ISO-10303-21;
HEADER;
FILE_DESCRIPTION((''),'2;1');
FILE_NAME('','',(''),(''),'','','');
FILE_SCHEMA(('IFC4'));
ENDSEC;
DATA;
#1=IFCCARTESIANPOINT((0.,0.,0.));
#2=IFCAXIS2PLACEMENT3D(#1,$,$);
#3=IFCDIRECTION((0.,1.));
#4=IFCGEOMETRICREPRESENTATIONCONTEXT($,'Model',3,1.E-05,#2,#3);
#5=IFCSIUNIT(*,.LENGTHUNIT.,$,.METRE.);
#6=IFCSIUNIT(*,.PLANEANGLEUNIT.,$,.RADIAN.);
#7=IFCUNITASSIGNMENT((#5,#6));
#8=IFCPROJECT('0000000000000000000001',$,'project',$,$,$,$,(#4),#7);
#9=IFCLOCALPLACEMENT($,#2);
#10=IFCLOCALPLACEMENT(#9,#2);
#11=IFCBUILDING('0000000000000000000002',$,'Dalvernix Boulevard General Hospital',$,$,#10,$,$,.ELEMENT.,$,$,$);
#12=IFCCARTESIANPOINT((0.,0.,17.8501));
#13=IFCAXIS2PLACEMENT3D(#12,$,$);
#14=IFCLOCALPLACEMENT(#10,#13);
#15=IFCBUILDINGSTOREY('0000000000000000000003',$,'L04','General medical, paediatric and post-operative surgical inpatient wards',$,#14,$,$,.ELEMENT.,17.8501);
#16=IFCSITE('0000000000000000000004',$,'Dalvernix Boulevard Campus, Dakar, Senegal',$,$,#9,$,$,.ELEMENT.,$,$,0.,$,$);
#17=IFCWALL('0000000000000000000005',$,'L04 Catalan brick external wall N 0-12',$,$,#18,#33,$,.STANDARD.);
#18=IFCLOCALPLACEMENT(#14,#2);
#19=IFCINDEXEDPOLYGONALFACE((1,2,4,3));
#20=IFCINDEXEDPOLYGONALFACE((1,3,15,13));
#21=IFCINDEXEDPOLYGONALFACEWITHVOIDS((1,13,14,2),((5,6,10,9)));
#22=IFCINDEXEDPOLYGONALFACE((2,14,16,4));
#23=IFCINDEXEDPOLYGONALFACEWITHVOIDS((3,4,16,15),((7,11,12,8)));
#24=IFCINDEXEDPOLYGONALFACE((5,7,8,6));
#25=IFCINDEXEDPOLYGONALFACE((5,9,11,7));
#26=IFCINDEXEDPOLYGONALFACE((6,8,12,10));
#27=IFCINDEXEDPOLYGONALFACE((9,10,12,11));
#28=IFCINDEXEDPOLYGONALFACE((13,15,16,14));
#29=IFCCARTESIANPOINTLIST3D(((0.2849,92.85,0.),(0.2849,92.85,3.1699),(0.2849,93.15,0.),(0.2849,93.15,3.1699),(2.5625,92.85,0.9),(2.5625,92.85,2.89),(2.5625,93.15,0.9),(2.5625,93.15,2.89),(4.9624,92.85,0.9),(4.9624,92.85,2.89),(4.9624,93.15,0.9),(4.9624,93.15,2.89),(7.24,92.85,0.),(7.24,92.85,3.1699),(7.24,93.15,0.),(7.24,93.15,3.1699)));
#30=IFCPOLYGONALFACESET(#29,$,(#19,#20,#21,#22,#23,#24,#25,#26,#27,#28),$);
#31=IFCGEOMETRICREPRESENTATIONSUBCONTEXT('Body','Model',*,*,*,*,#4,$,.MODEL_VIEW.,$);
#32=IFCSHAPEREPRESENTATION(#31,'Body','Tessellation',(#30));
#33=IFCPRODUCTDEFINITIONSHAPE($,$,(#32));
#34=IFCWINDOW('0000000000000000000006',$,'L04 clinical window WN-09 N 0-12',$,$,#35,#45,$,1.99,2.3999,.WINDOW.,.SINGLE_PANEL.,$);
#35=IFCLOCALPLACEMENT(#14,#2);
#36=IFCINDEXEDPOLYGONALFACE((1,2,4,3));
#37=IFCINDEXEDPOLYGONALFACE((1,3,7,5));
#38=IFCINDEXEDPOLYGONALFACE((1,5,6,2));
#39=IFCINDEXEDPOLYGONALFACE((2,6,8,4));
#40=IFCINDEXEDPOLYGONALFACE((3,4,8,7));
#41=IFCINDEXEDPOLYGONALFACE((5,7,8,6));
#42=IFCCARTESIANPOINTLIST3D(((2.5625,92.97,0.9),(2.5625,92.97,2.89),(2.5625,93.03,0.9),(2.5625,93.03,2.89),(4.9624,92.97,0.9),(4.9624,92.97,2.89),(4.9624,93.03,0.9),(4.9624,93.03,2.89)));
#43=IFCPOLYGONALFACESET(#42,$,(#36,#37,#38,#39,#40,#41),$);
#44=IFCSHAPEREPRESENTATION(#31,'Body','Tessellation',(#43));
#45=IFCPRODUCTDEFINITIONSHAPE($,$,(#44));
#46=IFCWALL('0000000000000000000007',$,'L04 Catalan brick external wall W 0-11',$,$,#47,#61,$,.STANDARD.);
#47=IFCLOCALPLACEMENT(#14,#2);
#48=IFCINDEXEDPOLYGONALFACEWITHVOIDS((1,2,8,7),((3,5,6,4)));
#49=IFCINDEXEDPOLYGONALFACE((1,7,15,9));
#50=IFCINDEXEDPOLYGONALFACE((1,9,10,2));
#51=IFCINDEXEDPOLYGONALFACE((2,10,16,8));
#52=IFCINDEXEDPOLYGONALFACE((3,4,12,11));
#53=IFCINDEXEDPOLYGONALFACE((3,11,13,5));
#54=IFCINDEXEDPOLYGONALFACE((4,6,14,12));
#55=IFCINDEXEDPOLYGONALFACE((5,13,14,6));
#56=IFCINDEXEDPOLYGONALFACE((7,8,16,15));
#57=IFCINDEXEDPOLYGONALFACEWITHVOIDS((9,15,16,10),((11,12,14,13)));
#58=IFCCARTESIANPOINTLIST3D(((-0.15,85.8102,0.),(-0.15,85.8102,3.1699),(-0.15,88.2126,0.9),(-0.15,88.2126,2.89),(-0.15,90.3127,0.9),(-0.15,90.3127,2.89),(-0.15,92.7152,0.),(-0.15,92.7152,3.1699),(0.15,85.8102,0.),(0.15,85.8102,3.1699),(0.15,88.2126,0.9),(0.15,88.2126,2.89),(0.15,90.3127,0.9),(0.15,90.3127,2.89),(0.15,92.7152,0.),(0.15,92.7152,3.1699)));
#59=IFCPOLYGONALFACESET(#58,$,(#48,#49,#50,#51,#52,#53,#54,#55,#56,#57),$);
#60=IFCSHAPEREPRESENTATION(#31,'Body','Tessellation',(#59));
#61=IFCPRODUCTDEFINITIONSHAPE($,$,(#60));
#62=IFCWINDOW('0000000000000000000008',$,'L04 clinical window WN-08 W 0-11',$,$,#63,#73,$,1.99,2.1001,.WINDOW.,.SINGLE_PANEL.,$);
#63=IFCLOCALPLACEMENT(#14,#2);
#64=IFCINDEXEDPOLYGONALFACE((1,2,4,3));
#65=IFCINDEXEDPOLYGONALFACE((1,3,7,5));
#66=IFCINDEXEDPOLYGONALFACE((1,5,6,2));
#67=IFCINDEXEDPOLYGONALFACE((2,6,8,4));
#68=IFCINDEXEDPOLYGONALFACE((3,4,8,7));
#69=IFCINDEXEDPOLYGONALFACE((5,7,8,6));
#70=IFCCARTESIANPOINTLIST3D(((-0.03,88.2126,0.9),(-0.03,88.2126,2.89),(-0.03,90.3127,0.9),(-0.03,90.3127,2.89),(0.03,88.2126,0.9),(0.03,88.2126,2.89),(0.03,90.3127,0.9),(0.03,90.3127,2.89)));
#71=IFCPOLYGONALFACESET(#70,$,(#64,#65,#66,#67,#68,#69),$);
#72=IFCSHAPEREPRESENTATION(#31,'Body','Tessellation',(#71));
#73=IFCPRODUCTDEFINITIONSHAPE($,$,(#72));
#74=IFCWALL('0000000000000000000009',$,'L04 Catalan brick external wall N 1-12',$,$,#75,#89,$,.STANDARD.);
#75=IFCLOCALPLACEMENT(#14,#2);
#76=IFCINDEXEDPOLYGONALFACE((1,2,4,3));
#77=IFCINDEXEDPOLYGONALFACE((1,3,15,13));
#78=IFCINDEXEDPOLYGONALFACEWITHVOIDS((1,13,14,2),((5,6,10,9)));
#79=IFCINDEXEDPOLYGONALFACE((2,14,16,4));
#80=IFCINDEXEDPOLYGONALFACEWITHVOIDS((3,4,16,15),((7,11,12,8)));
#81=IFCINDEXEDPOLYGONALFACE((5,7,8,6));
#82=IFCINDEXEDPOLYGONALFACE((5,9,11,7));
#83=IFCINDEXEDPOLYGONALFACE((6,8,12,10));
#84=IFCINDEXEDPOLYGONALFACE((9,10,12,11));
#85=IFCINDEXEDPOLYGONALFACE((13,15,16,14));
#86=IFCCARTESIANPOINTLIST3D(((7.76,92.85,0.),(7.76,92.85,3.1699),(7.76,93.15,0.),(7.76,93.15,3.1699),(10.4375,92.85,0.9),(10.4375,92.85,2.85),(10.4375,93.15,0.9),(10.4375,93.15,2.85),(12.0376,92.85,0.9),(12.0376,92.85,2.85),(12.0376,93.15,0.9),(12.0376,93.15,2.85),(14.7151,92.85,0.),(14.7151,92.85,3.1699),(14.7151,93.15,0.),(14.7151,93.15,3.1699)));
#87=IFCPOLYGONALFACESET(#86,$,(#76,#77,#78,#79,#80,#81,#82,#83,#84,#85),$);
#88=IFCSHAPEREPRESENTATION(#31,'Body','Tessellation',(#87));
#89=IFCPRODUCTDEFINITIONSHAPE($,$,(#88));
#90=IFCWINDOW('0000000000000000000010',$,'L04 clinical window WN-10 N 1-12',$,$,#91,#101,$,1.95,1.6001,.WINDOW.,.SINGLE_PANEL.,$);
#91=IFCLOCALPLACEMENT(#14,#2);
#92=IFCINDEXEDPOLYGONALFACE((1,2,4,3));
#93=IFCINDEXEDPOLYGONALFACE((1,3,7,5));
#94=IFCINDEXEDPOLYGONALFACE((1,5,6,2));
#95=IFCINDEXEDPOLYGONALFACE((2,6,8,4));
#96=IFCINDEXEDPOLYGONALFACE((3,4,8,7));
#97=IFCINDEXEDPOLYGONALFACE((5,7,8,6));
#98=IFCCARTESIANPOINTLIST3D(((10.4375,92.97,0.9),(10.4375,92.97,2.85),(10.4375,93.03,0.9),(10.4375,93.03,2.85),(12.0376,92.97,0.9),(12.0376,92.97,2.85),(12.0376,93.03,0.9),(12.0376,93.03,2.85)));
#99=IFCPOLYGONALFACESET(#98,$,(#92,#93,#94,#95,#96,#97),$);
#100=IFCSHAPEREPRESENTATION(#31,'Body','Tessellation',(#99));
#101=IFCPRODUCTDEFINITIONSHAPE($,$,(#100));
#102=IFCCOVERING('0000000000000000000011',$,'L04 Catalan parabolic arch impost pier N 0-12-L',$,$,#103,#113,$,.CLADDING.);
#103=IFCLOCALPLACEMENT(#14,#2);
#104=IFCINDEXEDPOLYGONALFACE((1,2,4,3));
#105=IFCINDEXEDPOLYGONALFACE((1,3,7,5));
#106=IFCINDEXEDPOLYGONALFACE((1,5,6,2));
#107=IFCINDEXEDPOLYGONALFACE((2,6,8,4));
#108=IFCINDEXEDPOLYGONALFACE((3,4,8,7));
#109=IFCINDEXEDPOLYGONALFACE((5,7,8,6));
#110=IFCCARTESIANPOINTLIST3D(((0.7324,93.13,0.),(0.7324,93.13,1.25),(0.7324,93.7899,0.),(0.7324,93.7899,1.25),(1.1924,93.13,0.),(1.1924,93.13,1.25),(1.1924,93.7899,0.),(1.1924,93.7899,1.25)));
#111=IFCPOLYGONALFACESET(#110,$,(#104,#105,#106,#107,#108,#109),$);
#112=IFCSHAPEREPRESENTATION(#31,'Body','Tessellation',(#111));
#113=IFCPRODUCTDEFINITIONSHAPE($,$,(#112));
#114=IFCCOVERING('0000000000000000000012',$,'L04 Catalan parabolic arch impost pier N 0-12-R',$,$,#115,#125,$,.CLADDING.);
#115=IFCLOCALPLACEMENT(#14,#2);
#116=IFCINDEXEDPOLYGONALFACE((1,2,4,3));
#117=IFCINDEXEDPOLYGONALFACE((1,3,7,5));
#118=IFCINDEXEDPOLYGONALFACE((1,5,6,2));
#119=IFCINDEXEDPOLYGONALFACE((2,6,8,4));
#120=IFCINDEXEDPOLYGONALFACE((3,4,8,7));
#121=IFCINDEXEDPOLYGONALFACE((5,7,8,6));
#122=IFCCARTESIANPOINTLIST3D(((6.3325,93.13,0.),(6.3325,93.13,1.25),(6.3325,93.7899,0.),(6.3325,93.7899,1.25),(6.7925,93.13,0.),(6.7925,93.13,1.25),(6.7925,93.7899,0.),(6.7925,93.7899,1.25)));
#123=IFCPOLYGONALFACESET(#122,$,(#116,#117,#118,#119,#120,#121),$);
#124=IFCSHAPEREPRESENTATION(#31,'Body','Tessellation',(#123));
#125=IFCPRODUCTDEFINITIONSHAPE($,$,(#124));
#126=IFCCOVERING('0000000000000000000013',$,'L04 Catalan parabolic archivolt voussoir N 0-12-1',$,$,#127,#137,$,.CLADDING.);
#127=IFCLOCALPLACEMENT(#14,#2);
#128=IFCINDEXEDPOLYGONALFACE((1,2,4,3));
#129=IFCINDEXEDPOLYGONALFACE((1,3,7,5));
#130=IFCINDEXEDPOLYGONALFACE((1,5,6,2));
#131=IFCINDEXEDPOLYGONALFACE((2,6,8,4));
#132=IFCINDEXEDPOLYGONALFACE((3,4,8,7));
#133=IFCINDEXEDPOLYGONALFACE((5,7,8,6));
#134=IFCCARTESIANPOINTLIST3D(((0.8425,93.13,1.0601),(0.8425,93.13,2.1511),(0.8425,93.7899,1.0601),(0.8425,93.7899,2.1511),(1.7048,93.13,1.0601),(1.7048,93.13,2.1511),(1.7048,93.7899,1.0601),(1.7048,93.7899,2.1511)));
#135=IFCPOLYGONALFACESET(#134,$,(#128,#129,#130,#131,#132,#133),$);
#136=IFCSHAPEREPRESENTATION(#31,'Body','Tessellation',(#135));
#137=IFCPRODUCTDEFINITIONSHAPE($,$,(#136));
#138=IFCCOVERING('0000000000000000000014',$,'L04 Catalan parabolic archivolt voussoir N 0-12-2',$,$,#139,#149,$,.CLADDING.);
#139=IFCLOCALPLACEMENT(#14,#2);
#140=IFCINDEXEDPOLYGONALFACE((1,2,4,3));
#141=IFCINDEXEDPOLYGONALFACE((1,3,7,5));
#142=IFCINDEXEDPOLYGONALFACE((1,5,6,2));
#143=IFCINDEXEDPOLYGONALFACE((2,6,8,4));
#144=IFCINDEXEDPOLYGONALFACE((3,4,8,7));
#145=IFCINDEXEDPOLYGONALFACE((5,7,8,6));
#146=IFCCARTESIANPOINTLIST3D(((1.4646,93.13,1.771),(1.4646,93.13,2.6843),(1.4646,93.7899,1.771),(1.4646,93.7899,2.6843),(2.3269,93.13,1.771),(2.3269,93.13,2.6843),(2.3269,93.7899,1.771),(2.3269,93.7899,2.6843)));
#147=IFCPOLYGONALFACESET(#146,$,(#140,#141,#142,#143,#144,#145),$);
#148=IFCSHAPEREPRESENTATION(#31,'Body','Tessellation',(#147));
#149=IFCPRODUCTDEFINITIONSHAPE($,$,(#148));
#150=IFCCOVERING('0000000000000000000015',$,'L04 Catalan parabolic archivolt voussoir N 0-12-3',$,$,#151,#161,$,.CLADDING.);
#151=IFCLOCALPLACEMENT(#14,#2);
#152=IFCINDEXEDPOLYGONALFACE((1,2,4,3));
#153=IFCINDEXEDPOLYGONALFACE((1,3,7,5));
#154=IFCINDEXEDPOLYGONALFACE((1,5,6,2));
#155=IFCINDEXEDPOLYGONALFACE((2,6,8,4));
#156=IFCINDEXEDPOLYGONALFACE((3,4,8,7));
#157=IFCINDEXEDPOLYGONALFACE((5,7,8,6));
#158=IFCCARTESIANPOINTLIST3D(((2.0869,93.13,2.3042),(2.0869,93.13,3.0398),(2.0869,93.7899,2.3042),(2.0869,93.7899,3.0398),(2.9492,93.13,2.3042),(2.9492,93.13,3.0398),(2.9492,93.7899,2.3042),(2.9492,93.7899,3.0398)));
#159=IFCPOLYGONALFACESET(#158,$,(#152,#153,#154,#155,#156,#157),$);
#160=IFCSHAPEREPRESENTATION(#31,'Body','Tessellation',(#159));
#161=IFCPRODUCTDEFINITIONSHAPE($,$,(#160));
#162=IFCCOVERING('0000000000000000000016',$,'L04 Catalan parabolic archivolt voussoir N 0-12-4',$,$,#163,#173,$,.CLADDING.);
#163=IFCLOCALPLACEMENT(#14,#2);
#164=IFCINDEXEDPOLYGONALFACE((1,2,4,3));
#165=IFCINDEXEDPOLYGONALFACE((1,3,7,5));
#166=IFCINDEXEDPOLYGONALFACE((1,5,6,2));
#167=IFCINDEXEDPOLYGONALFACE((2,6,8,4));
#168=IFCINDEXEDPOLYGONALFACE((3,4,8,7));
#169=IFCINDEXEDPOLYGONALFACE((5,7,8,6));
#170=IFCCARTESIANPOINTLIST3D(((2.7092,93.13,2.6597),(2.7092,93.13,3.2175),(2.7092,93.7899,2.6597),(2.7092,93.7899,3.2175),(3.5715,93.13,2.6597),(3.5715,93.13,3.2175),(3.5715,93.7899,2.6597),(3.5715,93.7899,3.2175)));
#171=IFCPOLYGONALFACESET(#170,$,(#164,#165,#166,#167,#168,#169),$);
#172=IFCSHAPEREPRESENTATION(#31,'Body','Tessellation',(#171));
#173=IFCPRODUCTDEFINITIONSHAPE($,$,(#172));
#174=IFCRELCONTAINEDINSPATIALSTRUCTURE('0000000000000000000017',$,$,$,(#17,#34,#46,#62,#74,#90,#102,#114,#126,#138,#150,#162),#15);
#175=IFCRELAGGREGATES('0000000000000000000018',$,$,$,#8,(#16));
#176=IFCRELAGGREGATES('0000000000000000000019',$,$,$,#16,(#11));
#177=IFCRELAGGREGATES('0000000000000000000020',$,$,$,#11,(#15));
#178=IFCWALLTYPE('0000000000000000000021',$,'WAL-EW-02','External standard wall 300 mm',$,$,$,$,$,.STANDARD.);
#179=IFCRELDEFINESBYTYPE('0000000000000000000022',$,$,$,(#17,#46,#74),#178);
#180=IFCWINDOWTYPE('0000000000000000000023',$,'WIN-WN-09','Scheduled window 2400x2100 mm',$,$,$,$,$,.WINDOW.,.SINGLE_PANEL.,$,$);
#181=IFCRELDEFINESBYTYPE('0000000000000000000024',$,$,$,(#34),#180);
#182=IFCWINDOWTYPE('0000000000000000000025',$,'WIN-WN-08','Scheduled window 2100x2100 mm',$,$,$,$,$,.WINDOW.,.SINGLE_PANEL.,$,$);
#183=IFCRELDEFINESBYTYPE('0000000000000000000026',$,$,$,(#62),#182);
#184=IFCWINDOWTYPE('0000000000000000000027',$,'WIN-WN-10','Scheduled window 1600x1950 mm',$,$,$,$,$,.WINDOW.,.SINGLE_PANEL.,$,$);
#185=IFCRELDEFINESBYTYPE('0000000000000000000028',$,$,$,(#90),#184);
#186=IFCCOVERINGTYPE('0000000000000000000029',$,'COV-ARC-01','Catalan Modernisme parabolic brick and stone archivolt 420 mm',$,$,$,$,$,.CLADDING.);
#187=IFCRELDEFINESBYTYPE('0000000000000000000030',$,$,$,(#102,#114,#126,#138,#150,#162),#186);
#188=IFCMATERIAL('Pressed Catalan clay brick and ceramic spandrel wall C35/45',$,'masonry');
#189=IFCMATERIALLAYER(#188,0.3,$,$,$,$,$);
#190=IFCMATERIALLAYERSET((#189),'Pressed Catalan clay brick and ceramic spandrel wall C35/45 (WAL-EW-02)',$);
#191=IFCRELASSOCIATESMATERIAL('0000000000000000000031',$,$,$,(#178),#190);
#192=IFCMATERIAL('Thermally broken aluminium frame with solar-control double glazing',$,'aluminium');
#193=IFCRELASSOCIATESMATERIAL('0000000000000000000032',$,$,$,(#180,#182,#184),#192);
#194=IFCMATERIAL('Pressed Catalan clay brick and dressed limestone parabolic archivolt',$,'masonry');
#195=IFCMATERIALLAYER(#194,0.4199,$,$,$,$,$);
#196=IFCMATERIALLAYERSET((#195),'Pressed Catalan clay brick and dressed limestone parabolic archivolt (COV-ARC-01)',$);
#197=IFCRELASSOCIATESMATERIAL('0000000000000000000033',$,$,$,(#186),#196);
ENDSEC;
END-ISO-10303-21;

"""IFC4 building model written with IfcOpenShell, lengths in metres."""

from ifc_helpers import new_model, si_unit, direction, frame, frame_2d, origin, origin_2d, place, context, subcontext, project, spatial, rectangle, extrude, material, layer, layer_set, type_object, element, fill, save


model = new_model("IFC4")

# Units and contexts
model_context = context("Model", 3, precision=1e-05, world=origin(), true_north=direction((0.0, 1.0)))
body_context = subcontext(model_context, "Body", "Model", "MODEL_VIEW")
ifc_project = project(units=[si_unit("LENGTHUNIT", "METRE"), si_unit("PLANEANGLEUNIT", "RADIAN")], contexts=[model_context])

# Site, building, storey
site_placement = place(None, origin())
site = spatial("IfcSite", under=ifc_project, at=site_placement, Name="Dalvernix Boulevard Campus, Dakar, Senegal", CompositionType="ELEMENT", RefElevation=0.0)
building_placement = place(site_placement, origin())
building = spatial("IfcBuilding", under=site, at=building_placement, Name="Dalvernix Boulevard General Hospital", CompositionType="ELEMENT")
storey_placement = place(building_placement, frame((0.0, 0.0, 17.8501)))
storey = spatial("IfcBuildingStorey", under=building, at=storey_placement, Name="L04", Description="General medical, paediatric and post-operative surgical inpatient wards", CompositionType="ELEMENT", Elevation=17.8501)

# Walls, openings, windows
ifc_material_1 = material(Name="Pressed Catalan clay brick and ceramic spandrel wall C35/45", Category="masonry")
ifc_layer_1 = layer(ifc_material_1, 0.3)
ifc_layer_set_1 = layer_set([ifc_layer_1], Name="Pressed Catalan clay brick and ceramic spandrel wall C35/45 (WAL-EW-02)")
wall_type = type_object("IfcWallType", Name="WAL-EW-02", Description="External standard wall 300 mm", PredefinedType="STANDARD", material=ifc_layer_set_1)
wall_1_placement = place(storey_placement, frame((0.2849, 93.0, 0.0), z_axis=(0.0, 0.0, 1.0), x_axis=(1.0, 0.0, 0.0)))
wall_1 = element("IfcWall", 1, at=wall_1_placement, inside=storey, type_object=wall_type, Name="L04 Catalan brick external wall N 0-12", PredefinedType="STANDARD", context=body_context, shape_type="SweptSolid", body=[
    extrude(rectangle(XDim=6.9551, YDim=0.3, at=frame_2d((3.4775, 0.0))), origin(), (0.0, 0.0, 1.0), 3.1699),
])
opening_1_placement = place(wall_1_placement, frame((2.2776, 0.0, 0.8999)))
opening_1 = element("IfcOpeningElement", 2, at=opening_1_placement, cuts=wall_1, PredefinedType="OPENING", context=body_context, shape_type="SweptSolid", body=[
    extrude(rectangle(XDim=2.3999, YDim=1.99, at=frame_2d((1.2, 0.9951))), frame((0.0, 0.1599, 0.0), z_axis=(0.0, -1.0, 0.0), x_axis=(1.0, 0.0, 0.0)), (0.0, 0.0, 1.0), 0.3201),
])
ifc_material_2 = material(Name="Thermally broken aluminium frame with solar-control double glazing", Category="aluminium")
window_type_1 = type_object("IfcWindowType", Name="WIN-WN-09", Description="Scheduled window 2400x2100 mm", PartitioningType="SINGLE_PANEL", PredefinedType="WINDOW", material=ifc_material_2)
window_1_placement = place(opening_1_placement, origin())
window_1 = element("IfcWindow", 3, at=window_1_placement, inside=storey, type_object=window_type_1, Name="L04 clinical window WN-09 N 0-12", OverallHeight=1.99, OverallWidth=2.3999, PartitioningType="SINGLE_PANEL", PredefinedType="WINDOW", context=body_context, shape_type="SweptSolid", body=[
    extrude(rectangle(XDim=2.3999, YDim=1.99, at=frame_2d((1.2, 0.9951))), frame((0.0, 0.03, 0.0), z_axis=(0.0, -1.0, 0.0), x_axis=(1.0, 0.0, 0.0)), (0.0, 0.0, 1.0), 0.0601),
])
fill(opening_1, window_1)
wall_2_placement = place(storey_placement, frame((0.0, 85.8101, 0.0), z_axis=(0.0, 0.0, 1.0), x_axis=(0.0, 1.0, 0.0)))
wall_2 = element("IfcWall", 4, at=wall_2_placement, inside=storey, type_object=wall_type, Name="L04 Catalan brick external wall W 0-11", PredefinedType="STANDARD", context=body_context, shape_type="SweptSolid", body=[
    extrude(rectangle(XDim=6.905, YDim=0.3, at=frame_2d((3.4526, 0.0))), origin(), (0.0, 0.0, 1.0), 3.1699),
])
opening_2_placement = place(wall_2_placement, frame((2.4026, 0.0, 0.8999)))
opening_2 = element("IfcOpeningElement", 5, at=opening_2_placement, cuts=wall_2, PredefinedType="OPENING", context=body_context, shape_type="SweptSolid", body=[
    extrude(rectangle(XDim=2.1001, YDim=1.99, at=frame_2d((1.05, 0.9951))), frame((0.0, 0.1599, 0.0), z_axis=(0.0, -1.0, 0.0), x_axis=(1.0, 0.0, 0.0)), (0.0, 0.0, 1.0), 0.3201),
])
window_type_2 = type_object("IfcWindowType", Name="WIN-WN-08", Description="Scheduled window 2100x2100 mm", PartitioningType="SINGLE_PANEL", PredefinedType="WINDOW", material=ifc_material_2)
window_2_placement = place(opening_2_placement, origin())
window_2 = element("IfcWindow", 6, at=window_2_placement, inside=storey, type_object=window_type_2, Name="L04 clinical window WN-08 W 0-11", OverallHeight=1.99, OverallWidth=2.1001, PartitioningType="SINGLE_PANEL", PredefinedType="WINDOW", context=body_context, shape_type="SweptSolid", body=[
    extrude(rectangle(XDim=2.1001, YDim=1.99, at=frame_2d((1.05, 0.9951))), frame((0.0, 0.03, 0.0), z_axis=(0.0, -1.0, 0.0), x_axis=(1.0, 0.0, 0.0)), (0.0, 0.0, 1.0), 0.0601),
])
fill(opening_2, window_2)
wall_3_placement = place(storey_placement, frame((7.76, 93.0, 0.0), z_axis=(0.0, 0.0, 1.0), x_axis=(1.0, 0.0, 0.0)))
wall_3 = element("IfcWall", 7, at=wall_3_placement, inside=storey, type_object=wall_type, Name="L04 Catalan brick external wall N 1-12", PredefinedType="STANDARD", context=body_context, shape_type="SweptSolid", body=[
    extrude(rectangle(XDim=6.9551, YDim=0.3, at=frame_2d((3.4775, 0.0))), origin(), (0.0, 0.0, 1.0), 3.1699),
])
opening_3_placement = place(wall_3_placement, frame((2.6775, 0.0, 0.8999)))
opening_3 = element("IfcOpeningElement", 8, at=opening_3_placement, cuts=wall_3, PredefinedType="OPENING", context=body_context, shape_type="SweptSolid", body=[
    extrude(rectangle(XDim=1.6001, YDim=1.95, at=frame_2d((0.8, 0.9751))), frame((0.0, 0.1599, 0.0), z_axis=(0.0, -1.0, 0.0), x_axis=(1.0, 0.0, 0.0)), (0.0, 0.0, 1.0), 0.3201),
])
window_type_3 = type_object("IfcWindowType", Name="WIN-WN-10", Description="Scheduled window 1600x1950 mm", PartitioningType="SINGLE_PANEL", PredefinedType="WINDOW", material=ifc_material_2)
window_3_placement = place(opening_3_placement, origin())
window_3 = element("IfcWindow", 9, at=window_3_placement, inside=storey, type_object=window_type_3, Name="L04 clinical window WN-10 N 1-12", OverallHeight=1.95, OverallWidth=1.6001, PartitioningType="SINGLE_PANEL", PredefinedType="WINDOW", context=body_context, shape_type="SweptSolid", body=[
    extrude(rectangle(XDim=1.6001, YDim=1.95, at=frame_2d((0.8, 0.9751))), frame((0.0, 0.03, 0.0), z_axis=(0.0, -1.0, 0.0), x_axis=(1.0, 0.0, 0.0)), (0.0, 0.0, 1.0), 0.0601),
])
fill(opening_3, window_3)

# Coverings
ifc_material_3 = material(Name="Pressed Catalan clay brick and dressed limestone parabolic archivolt", Category="masonry")
ifc_layer_2 = layer(ifc_material_3, 0.4199)
ifc_layer_set_2 = layer_set([ifc_layer_2], Name="Pressed Catalan clay brick and dressed limestone parabolic archivolt (COV-ARC-01)")
covering_type_1 = type_object("IfcCoveringType", Name="COV-ARC-01", Description="Catalan Modernisme parabolic brick and stone archivolt 420 mm", PredefinedType="CLADDING", material=ifc_layer_set_2)
for number, where, z_axis, x_axis, name in (
    (10, (0.9624, 93.46, 0.0), (0.0, 0.0, 1.0), (1.0, 0.0, 0.0), "L04 Catalan parabolic arch impost pier N 0-12-L"),
    (11, (6.5625, 93.46, 0.0), (0.0, 0.0, 1.0), (1.0, 0.0, 0.0), "L04 Catalan parabolic arch impost pier N 0-12-R"),
):
    element("IfcCovering", number, at=place(storey_placement, frame(where, z_axis=z_axis, x_axis=x_axis)), inside=storey, type_object=covering_type_1, Name=name, PredefinedType="CLADDING", context=body_context, shape_type="SweptSolid", body=[
        extrude(rectangle(XDim=0.46, YDim=0.6599, at=origin_2d()), origin(), (0.0, 0.0, 1.0), 1.25),
    ])
covering_1_placement = place(storey_placement, frame((1.2737, 93.46, 1.0601), z_axis=(0.0, 0.0, 1.0), x_axis=(1.0, 0.0, 0.0)))
element("IfcCovering", 12, at=covering_1_placement, inside=storey, type_object=covering_type_1, Name="L04 Catalan parabolic archivolt voussoir N 0-12-1", PredefinedType="CLADDING", context=body_context, shape_type="SweptSolid", body=[
    extrude(rectangle(XDim=0.8623, YDim=0.6599, at=origin_2d()), origin(), (0.0, 0.0, 1.0), 1.0911),
])
covering_2_placement = place(storey_placement, frame((1.8958, 93.46, 1.771), z_axis=(0.0, 0.0, 1.0), x_axis=(1.0, 0.0, 0.0)))
element("IfcCovering", 13, at=covering_2_placement, inside=storey, type_object=covering_type_1, Name="L04 Catalan parabolic archivolt voussoir N 0-12-2", PredefinedType="CLADDING", context=body_context, shape_type="SweptSolid", body=[
    extrude(rectangle(XDim=0.8623, YDim=0.6599, at=origin_2d()), origin(), (0.0, 0.0, 1.0), 0.9133),
])
covering_3_placement = place(storey_placement, frame((2.5181, 93.46, 2.3042), z_axis=(0.0, 0.0, 1.0), x_axis=(1.0, 0.0, 0.0)))
element("IfcCovering", 14, at=covering_3_placement, inside=storey, type_object=covering_type_1, Name="L04 Catalan parabolic archivolt voussoir N 0-12-3", PredefinedType="CLADDING", context=body_context, shape_type="SweptSolid", body=[
    extrude(rectangle(XDim=0.8623, YDim=0.6599, at=origin_2d()), origin(), (0.0, 0.0, 1.0), 0.7356),
])
covering_4_placement = place(storey_placement, frame((3.1404, 93.46, 2.6597), z_axis=(0.0, 0.0, 1.0), x_axis=(1.0, 0.0, 0.0)))
element("IfcCovering", 15, at=covering_4_placement, inside=storey, type_object=covering_type_1, Name="L04 Catalan parabolic archivolt voussoir N 0-12-4", PredefinedType="CLADDING", context=body_context, shape_type="SweptSolid", body=[
    extrude(rectangle(XDim=0.8623, YDim=0.6599, at=origin_2d()), origin(), (0.0, 0.0, 1.0), 0.5579),
])

save(model, "model.ifc")
